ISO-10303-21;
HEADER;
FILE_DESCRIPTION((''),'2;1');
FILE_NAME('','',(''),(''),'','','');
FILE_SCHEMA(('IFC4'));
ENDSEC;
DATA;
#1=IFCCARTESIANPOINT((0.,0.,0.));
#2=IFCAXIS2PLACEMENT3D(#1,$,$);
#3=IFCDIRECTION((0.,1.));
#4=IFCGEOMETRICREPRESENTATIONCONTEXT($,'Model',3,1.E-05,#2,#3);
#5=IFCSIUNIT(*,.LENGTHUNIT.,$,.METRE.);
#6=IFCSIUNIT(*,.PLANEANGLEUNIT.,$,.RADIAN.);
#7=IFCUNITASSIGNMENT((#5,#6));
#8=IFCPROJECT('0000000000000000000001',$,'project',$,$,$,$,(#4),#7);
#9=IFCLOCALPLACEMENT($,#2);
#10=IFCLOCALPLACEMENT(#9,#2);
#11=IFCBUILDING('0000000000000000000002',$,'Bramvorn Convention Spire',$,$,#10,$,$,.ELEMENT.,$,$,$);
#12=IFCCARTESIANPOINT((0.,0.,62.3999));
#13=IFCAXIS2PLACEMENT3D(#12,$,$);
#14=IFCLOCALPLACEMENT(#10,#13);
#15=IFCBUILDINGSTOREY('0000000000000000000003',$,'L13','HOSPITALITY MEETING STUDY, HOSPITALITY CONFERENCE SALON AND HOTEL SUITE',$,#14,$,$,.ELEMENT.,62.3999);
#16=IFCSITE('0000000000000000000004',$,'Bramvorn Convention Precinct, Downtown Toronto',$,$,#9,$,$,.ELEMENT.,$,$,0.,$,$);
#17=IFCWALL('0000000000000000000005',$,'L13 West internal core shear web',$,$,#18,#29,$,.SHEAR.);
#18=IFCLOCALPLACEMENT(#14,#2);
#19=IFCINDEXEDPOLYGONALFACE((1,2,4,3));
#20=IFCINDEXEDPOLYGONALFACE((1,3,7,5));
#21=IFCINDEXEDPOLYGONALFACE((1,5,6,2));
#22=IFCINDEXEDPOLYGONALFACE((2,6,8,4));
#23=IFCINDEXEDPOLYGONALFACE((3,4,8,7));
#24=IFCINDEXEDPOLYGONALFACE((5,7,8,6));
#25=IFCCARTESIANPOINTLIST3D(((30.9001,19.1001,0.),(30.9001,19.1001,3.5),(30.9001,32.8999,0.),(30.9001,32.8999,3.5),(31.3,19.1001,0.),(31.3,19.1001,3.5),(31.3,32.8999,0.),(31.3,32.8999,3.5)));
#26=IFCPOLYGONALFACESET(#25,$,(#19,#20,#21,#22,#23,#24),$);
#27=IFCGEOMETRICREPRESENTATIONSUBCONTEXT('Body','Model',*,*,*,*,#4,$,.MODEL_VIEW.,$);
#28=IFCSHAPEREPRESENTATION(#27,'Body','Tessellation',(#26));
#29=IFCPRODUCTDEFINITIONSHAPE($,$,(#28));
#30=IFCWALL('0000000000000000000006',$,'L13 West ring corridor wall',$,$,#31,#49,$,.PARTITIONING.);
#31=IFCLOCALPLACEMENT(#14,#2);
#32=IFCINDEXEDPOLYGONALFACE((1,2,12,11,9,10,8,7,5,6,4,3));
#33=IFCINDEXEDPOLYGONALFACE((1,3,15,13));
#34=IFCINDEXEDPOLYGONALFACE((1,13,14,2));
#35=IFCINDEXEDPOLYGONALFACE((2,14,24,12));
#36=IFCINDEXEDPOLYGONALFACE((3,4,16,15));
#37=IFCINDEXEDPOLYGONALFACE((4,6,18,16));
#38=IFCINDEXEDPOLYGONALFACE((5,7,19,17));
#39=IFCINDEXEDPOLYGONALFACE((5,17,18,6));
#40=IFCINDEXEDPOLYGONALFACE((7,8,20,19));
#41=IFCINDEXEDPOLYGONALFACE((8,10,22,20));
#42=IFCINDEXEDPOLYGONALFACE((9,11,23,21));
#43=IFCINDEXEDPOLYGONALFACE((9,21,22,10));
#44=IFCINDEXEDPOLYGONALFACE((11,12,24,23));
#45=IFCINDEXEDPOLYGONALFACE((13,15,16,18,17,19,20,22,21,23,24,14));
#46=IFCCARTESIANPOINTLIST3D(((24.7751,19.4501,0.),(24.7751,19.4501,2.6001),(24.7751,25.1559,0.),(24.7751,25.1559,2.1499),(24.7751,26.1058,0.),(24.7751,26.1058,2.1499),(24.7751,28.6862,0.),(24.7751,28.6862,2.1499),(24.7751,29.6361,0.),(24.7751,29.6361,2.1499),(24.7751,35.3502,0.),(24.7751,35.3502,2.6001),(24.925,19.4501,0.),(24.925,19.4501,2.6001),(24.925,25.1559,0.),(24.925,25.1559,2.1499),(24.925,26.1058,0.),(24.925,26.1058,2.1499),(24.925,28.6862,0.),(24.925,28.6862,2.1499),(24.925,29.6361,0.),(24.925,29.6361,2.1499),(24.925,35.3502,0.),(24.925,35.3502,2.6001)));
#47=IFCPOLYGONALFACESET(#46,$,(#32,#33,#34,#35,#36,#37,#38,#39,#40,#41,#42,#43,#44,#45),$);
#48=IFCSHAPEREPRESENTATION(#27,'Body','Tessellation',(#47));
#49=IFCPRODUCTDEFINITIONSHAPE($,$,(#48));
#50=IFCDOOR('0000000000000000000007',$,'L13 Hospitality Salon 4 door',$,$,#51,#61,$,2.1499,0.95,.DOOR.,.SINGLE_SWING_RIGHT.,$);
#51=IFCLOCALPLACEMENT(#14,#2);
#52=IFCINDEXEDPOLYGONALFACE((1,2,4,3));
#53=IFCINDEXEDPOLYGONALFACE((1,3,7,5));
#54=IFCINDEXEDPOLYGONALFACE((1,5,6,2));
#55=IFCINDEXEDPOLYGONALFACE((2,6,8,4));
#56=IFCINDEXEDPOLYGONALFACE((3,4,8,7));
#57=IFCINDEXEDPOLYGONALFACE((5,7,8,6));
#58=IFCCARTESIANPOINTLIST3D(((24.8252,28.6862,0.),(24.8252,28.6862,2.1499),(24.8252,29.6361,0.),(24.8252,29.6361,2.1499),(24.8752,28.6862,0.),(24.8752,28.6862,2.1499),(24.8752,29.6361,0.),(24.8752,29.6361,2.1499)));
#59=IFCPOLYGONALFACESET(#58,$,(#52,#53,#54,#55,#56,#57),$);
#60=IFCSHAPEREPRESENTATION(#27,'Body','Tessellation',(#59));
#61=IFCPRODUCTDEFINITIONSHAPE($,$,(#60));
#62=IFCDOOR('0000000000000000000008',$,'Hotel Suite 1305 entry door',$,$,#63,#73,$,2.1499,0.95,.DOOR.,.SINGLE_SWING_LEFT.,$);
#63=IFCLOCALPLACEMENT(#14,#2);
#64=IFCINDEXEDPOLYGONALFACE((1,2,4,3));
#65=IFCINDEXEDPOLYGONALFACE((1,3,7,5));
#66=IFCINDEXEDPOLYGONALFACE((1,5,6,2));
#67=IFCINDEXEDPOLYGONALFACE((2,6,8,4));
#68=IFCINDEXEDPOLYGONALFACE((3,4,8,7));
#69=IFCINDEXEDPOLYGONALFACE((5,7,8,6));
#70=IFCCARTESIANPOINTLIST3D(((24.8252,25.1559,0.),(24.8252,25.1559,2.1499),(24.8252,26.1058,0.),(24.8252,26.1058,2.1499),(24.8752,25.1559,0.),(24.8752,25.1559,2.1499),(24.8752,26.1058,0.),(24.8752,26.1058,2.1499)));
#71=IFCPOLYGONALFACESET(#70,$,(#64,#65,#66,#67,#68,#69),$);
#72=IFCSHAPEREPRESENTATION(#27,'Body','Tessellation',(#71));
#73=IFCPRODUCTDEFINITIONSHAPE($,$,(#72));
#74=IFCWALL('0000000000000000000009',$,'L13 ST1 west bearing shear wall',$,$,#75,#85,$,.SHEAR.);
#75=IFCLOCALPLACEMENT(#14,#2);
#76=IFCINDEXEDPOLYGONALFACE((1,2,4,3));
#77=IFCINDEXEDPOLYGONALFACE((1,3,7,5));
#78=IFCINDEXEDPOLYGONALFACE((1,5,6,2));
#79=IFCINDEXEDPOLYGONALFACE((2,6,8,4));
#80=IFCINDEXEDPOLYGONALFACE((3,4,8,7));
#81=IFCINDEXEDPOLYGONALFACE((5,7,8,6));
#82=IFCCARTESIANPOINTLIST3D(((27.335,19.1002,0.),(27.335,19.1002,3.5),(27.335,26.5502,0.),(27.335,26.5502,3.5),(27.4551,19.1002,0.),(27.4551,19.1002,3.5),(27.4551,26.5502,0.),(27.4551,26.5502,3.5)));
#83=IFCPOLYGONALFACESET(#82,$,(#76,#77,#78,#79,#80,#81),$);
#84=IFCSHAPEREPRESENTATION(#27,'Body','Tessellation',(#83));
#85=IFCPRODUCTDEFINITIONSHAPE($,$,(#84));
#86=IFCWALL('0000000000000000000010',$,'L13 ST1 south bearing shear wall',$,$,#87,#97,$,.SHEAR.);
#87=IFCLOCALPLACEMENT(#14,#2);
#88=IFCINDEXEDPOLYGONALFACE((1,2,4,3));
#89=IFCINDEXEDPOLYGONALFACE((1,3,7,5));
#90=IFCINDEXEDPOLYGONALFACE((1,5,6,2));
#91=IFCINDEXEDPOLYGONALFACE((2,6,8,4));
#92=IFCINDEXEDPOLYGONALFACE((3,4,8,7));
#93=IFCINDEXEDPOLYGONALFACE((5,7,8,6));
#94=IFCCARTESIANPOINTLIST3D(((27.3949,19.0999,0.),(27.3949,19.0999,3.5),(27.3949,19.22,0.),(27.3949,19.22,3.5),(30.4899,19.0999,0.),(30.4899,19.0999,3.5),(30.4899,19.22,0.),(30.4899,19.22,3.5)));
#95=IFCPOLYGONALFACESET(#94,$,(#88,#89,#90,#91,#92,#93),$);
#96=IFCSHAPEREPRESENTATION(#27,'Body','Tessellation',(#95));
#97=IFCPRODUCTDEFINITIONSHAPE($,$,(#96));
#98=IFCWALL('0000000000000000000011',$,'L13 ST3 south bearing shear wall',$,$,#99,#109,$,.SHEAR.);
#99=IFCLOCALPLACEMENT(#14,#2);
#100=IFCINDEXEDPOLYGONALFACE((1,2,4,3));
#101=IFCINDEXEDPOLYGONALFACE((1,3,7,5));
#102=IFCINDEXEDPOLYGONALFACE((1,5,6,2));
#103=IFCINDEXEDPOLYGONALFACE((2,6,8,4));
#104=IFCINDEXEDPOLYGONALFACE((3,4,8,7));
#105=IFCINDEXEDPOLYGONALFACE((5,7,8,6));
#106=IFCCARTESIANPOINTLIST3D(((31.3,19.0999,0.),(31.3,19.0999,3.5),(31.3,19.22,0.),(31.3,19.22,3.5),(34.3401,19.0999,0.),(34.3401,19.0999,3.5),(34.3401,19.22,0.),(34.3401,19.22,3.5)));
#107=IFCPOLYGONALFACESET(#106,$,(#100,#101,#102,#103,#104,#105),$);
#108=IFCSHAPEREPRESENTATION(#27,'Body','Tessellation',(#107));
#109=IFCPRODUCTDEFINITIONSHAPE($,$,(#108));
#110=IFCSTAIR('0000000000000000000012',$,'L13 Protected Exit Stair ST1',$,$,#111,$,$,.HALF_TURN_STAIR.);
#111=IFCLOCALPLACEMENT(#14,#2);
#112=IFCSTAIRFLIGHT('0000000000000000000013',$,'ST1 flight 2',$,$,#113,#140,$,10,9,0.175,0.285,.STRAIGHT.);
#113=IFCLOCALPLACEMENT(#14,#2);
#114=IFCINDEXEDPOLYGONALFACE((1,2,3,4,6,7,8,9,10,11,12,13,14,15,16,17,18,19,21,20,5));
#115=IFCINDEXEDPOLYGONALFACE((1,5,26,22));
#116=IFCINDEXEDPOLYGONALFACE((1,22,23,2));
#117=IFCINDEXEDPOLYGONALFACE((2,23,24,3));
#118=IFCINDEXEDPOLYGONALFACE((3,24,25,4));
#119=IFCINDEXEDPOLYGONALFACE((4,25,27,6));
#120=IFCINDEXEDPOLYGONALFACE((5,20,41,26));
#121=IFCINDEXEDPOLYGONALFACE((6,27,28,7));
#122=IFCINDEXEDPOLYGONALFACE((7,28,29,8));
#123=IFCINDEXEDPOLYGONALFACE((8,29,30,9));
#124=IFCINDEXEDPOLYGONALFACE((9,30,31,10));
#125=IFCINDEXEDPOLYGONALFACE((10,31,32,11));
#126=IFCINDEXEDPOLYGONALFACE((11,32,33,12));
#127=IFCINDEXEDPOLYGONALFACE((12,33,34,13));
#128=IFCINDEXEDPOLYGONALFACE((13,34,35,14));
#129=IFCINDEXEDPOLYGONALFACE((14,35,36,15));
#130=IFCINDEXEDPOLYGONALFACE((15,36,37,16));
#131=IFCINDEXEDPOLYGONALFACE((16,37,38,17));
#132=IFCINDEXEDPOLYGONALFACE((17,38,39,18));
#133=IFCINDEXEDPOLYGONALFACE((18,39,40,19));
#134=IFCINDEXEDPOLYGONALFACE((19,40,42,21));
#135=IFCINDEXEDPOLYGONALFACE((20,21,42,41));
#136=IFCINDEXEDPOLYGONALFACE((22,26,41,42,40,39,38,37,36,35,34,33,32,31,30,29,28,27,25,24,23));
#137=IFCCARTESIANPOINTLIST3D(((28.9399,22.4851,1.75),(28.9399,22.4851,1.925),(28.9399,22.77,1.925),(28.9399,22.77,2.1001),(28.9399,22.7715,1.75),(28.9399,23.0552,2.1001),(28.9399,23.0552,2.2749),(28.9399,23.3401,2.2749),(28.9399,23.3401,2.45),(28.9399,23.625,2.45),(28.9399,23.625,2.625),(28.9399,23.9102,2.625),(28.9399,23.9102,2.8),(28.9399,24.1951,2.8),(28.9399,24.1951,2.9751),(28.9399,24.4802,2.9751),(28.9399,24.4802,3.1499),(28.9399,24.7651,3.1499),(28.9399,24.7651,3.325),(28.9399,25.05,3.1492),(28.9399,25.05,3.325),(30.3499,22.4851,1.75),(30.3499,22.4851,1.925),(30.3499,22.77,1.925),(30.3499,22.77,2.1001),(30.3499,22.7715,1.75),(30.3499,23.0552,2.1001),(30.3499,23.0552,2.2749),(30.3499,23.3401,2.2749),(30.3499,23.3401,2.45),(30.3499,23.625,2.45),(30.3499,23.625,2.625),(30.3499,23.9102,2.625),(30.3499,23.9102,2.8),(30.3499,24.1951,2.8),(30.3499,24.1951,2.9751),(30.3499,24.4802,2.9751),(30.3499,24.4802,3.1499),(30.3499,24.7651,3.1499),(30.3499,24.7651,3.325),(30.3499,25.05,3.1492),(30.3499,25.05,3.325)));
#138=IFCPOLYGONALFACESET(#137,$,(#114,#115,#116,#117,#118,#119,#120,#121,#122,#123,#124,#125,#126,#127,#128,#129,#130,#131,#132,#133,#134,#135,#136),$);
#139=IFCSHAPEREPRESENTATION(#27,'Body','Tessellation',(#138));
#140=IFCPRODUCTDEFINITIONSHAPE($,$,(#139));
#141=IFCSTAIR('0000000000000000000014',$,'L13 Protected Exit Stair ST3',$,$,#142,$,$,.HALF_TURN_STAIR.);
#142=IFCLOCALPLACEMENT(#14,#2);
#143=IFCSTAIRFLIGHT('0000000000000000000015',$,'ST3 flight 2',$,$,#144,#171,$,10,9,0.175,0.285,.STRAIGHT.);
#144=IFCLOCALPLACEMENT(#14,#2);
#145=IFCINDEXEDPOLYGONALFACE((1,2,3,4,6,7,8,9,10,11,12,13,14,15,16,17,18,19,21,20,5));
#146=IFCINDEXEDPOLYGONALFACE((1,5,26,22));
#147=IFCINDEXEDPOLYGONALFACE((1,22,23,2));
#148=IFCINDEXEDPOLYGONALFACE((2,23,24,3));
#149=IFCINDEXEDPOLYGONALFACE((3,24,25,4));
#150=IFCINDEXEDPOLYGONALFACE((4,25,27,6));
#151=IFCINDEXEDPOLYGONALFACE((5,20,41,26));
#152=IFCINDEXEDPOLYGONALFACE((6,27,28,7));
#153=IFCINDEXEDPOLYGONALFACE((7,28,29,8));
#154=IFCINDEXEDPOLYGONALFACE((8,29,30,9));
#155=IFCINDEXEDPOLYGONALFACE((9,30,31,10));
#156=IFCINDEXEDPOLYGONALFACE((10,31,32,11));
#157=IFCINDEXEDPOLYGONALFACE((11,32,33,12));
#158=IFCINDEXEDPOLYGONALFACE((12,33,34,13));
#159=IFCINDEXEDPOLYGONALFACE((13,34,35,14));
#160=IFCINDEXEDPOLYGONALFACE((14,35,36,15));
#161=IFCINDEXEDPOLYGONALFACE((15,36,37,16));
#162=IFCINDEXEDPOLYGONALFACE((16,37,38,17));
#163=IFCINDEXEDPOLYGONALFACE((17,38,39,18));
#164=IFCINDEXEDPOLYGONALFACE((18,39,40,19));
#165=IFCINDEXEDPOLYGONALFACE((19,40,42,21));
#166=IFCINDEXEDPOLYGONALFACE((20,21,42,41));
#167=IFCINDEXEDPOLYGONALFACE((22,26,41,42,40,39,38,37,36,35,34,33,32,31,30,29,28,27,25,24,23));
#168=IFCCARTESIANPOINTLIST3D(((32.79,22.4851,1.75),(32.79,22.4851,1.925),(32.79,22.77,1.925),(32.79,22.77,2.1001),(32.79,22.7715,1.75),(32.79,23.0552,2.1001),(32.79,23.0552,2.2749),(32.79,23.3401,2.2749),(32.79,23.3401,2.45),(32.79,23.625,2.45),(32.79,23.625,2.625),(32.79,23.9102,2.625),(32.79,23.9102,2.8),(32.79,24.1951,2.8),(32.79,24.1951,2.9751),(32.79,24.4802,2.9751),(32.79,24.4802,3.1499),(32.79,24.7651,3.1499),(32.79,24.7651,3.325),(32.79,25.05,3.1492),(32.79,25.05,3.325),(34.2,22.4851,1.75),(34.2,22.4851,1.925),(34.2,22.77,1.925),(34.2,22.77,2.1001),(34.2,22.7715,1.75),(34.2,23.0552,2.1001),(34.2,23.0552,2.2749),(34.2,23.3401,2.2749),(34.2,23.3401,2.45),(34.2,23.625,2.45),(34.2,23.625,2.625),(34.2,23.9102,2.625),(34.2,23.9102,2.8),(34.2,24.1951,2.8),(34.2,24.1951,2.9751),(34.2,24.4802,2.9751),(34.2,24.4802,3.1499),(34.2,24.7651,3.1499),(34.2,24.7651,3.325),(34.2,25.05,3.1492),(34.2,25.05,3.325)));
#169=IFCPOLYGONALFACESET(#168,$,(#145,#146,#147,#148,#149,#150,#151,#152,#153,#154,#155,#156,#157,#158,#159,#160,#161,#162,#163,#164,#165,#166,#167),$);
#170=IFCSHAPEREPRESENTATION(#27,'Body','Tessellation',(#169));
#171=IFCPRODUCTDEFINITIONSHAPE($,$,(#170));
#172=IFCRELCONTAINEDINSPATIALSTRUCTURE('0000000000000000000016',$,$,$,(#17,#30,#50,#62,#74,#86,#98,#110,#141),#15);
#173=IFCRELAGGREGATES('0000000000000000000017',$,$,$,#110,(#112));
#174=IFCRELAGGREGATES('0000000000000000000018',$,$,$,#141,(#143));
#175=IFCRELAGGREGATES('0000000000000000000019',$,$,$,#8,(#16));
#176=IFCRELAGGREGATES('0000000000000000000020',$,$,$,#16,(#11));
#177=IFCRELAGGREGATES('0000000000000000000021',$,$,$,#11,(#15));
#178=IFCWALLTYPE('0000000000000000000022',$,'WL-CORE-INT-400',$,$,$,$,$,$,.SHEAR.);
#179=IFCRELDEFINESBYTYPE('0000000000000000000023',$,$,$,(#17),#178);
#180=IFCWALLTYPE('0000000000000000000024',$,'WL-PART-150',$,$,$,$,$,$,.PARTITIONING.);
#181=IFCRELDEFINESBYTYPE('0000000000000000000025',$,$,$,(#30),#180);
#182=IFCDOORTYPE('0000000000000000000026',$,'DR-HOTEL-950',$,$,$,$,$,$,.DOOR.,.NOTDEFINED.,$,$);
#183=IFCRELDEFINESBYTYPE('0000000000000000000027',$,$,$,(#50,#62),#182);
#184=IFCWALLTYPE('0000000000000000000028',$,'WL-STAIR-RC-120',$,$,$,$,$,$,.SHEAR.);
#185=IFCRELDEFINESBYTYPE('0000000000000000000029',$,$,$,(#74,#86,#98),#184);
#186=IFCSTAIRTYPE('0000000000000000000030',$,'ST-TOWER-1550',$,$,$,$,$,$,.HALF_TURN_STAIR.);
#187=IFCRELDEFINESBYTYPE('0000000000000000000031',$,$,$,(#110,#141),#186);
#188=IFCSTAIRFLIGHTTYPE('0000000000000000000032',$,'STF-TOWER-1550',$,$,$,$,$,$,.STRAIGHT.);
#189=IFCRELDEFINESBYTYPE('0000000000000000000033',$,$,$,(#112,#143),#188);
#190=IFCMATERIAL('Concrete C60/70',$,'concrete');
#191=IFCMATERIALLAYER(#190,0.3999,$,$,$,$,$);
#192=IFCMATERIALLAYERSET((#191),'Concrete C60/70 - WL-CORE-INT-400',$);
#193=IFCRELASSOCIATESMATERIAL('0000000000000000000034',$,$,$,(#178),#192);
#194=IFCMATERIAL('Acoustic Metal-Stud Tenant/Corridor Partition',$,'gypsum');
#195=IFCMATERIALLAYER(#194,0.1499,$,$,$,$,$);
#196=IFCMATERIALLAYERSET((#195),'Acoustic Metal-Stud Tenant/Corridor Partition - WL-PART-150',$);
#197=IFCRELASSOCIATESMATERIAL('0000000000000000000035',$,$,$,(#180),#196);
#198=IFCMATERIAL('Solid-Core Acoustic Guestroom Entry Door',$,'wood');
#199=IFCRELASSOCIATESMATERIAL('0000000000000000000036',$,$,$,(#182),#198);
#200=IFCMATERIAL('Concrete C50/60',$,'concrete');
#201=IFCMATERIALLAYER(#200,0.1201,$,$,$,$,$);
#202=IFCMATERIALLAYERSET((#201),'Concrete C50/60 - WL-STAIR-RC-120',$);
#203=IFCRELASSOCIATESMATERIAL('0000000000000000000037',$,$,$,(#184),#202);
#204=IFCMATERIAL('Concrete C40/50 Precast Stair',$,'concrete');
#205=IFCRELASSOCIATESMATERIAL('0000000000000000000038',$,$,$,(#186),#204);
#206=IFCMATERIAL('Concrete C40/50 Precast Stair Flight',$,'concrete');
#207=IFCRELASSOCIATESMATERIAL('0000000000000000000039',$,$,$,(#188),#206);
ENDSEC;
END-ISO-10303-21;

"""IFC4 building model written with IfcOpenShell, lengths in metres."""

from ifc_helpers import new_model, si_unit, direction, frame, frame_2d, origin, place, context, subcontext, project, spatial, polyline, rectangle, outline, extrude, material, layer, layer_set, type_object, element, fill, aggregate, save


model = new_model("IFC4")

# Units and contexts
model_context = context("Model", 3, precision=1e-05, world=origin(), true_north=direction((0.0, 1.0)))
body_context = subcontext(model_context, "Body", "Model", "MODEL_VIEW")
ifc_project = project(units=[si_unit("LENGTHUNIT", "METRE"), si_unit("PLANEANGLEUNIT", "RADIAN")], contexts=[model_context])

# Site, building, storey
site_placement = place(None, origin())
site = spatial("IfcSite", under=ifc_project, at=site_placement, Name="Bramvorn Convention Precinct, Downtown Toronto", CompositionType="ELEMENT", RefElevation=0.0)
building_placement = place(site_placement, origin())
building = spatial("IfcBuilding", under=site, at=building_placement, Name="Bramvorn Convention Spire", CompositionType="ELEMENT")
storey_placement = place(building_placement, frame((0.0, 0.0, 62.3999)))
storey = spatial("IfcBuildingStorey", under=building, at=storey_placement, Name="L13", Description="HOSPITALITY MEETING STUDY, HOSPITALITY CONFERENCE SALON AND HOTEL SUITE", CompositionType="ELEMENT", Elevation=62.3999)

# Shared definitions
ifc_material_1 = material(Name="Concrete C60/70", Category="concrete")

# Wall
ifc_layer_1 = layer(ifc_material_1, 0.3999)
ifc_layer_set_1 = layer_set([ifc_layer_1], Name="Concrete C60/70 - WL-CORE-INT-400")
wall_type_1 = type_object("IfcWallType", Name="WL-CORE-INT-400", PredefinedType="SHEAR", material=ifc_layer_set_1)
wall_1_placement = place(storey_placement, frame((31.1001, 19.1001, 0.0), z_axis=(0.0, 0.0, 1.0), x_axis=(0.0, 1.0, 0.0)))
element("IfcWall", 1, at=wall_1_placement, inside=storey, type_object=wall_type_1, Name="L13 West internal core shear web", PredefinedType="SHEAR", context=body_context, shape_type="SweptSolid", body=[
    extrude(rectangle(XDim=13.7998, YDim=0.3999, at=frame_2d((6.8999, 0.0))), origin(), (0.0, 0.0, 1.0), 3.5),
])

# Wall, openings, doors
ifc_material_2 = material(Name="Acoustic Metal-Stud Tenant/Corridor Partition", Category="gypsum")
ifc_layer_2 = layer(ifc_material_2, 0.1499)
ifc_layer_set_2 = layer_set([ifc_layer_2], Name="Acoustic Metal-Stud Tenant/Corridor Partition - WL-PART-150")
wall_type_2 = type_object("IfcWallType", Name="WL-PART-150", PredefinedType="PARTITIONING", material=ifc_layer_set_2)
wall_2_placement = place(storey_placement, frame((24.8501, 19.45, 0.0), z_axis=(0.0, 0.0, 1.0), x_axis=(0.0, 1.0, 0.0)))
wall_2 = element("IfcWall", 2, at=wall_2_placement, inside=storey, type_object=wall_type_2, Name="L13 West ring corridor wall", PredefinedType="PARTITIONING", context=body_context, shape_type="SweptSolid", body=[
    extrude(rectangle(XDim=15.9001, YDim=0.1499, at=frame_2d((7.9502, 0.0))), origin(), (0.0, 0.0, 1.0), 2.6001),
])
opening_1_placement = place(wall_2_placement, frame((9.2361, 0.0, 0.0)))
opening_1 = element("IfcOpeningElement", 3, at=opening_1_placement, cuts=wall_2, PredefinedType="OPENING", context=body_context, shape_type="SweptSolid", body=[
    extrude(rectangle(XDim=0.95, YDim=2.1499, at=frame_2d((0.4751, 1.075))), frame((0.0, 0.085, 0.0), z_axis=(0.0, -1.0, 0.0), x_axis=(1.0, 0.0, 0.0)), (0.0, 0.0, 1.0), 0.1699),
])
opening_2_placement = place(wall_2_placement, frame((5.7058, 0.0, 0.0)))
opening_2 = element("IfcOpeningElement", 4, at=opening_2_placement, cuts=wall_2, PredefinedType="OPENING", context=body_context, shape_type="SweptSolid", body=[
    extrude(rectangle(XDim=0.95, YDim=2.1499, at=frame_2d((0.4751, 1.075))), frame((0.0, 0.085, 0.0), z_axis=(0.0, -1.0, 0.0), x_axis=(1.0, 0.0, 0.0)), (0.0, 0.0, 1.0), 0.1699),
])
ifc_material_3 = material(Name="Solid-Core Acoustic Guestroom Entry Door", Category="wood")
door_type_1 = type_object("IfcDoorType", Name="DR-HOTEL-950", OperationType="NOTDEFINED", PredefinedType="DOOR", material=ifc_material_3)
door_1_placement = place(opening_1_placement, origin())
door_1 = element("IfcDoor", 5, at=door_1_placement, inside=storey, type_object=door_type_1, Name="L13 Hospitality Salon 4 door", OperationType="SINGLE_SWING_RIGHT", OverallHeight=2.1499, OverallWidth=0.95, PredefinedType="DOOR", context=body_context, shape_type="SweptSolid", body=[
    extrude(rectangle(XDim=0.95, YDim=2.1499, at=frame_2d((0.4751, 1.075))), frame((0.0, 0.0249, 0.0), z_axis=(0.0, -1.0, 0.0), x_axis=(1.0, 0.0, 0.0)), (0.0, 0.0, 1.0), 0.05),
])
fill(opening_1, door_1)
door_2_placement = place(opening_2_placement, origin())
door_2 = element("IfcDoor", 6, at=door_2_placement, inside=storey, type_object=door_type_1, Name="Hotel Suite 1305 entry door", OperationType="SINGLE_SWING_LEFT", OverallHeight=2.1499, OverallWidth=0.95, PredefinedType="DOOR", context=body_context, shape_type="SweptSolid", body=[
    extrude(rectangle(XDim=0.95, YDim=2.1499, at=frame_2d((0.4751, 1.075))), frame((0.0, 0.0249, 0.0), z_axis=(0.0, -1.0, 0.0), x_axis=(1.0, 0.0, 0.0)), (0.0, 0.0, 1.0), 0.05),
])
fill(opening_2, door_2)

# Walls
ifc_material_4 = material(Name="Concrete C50/60", Category="concrete")
ifc_layer_3 = layer(ifc_material_4, 0.1201)
ifc_layer_set_3 = layer_set([ifc_layer_3], Name="Concrete C50/60 - WL-STAIR-RC-120")
wall_type_3 = type_object("IfcWallType", Name="WL-STAIR-RC-120", PredefinedType="SHEAR", material=ifc_layer_set_3)
wall_3_placement = place(storey_placement, frame((27.395, 19.1001, 0.0), z_axis=(0.0, 0.0, 1.0), x_axis=(0.0, 1.0, 0.0)))
element("IfcWall", 7, at=wall_3_placement, inside=storey, type_object=wall_type_3, Name="L13 ST1 west bearing shear wall", PredefinedType="SHEAR", context=body_context, shape_type="SweptSolid", body=[
    extrude(rectangle(XDim=7.45, YDim=0.1201, at=frame_2d((3.7251, 0.0))), origin(), (0.0, 0.0, 1.0), 3.5),
])
wall_4_placement = place(storey_placement, frame((27.395, 19.1599, 0.0), z_axis=(0.0, 0.0, 1.0), x_axis=(1.0, 0.0, 0.0)))
element("IfcWall", 8, at=wall_4_placement, inside=storey, type_object=wall_type_3, Name="L13 ST1 south bearing shear wall", PredefinedType="SHEAR", context=body_context, shape_type="SweptSolid", body=[
    extrude(rectangle(XDim=3.095, YDim=0.1201, at=frame_2d((1.5474, 0.0))), origin(), (0.0, 0.0, 1.0), 3.5),
])
wall_5_placement = place(storey_placement, frame((31.3, 19.1599, 0.0), z_axis=(0.0, 0.0, 1.0), x_axis=(1.0, 0.0, 0.0)))
element("IfcWall", 9, at=wall_5_placement, inside=storey, type_object=wall_type_3, Name="L13 ST3 south bearing shear wall", PredefinedType="SHEAR", context=body_context, shape_type="SweptSolid", body=[
    extrude(rectangle(XDim=3.04, YDim=0.1201, at=frame_2d((1.52, 0.0))), origin(), (0.0, 0.0, 1.0), 3.5),
])

# Stairs, stair flights
ifc_material_5 = material(Name="Concrete C40/50 Precast Stair", Category="concrete")
stair_type = type_object("IfcStairType", Name="ST-TOWER-1550", PredefinedType="HALF_TURN_STAIR", material=ifc_material_5)
stair_1_placement = place(storey_placement, origin())
stair_1 = element("IfcStair", 10, at=stair_1_placement, inside=storey, type_object=stair_type, Name="L13 Protected Exit Stair ST1", PredefinedType="HALF_TURN_STAIR")
ifc_material_6 = material(Name="Concrete C40/50 Precast Stair Flight", Category="concrete")
stair_flight_type = type_object("IfcStairFlightType", Name="STF-TOWER-1550", PredefinedType="STRAIGHT", material=ifc_material_6)
stair_flight_1_placement = place(storey_placement, frame((29.645, 22.4851, 1.75), z_axis=(0.0, 0.0, 1.0), x_axis=(0.0, 1.0, 0.0)))
stair_flight_1 = element("IfcStairFlight", 11, at=stair_flight_1_placement, type_object=stair_flight_type, Name="ST1 flight 2", NumberOfRisers=10, NumberOfTreads=9, PredefinedType="STRAIGHT", RiserHeight=0.175, TreadLength=0.285, context=body_context, shape_type="SweptSolid", body=[
    extrude(outline(polyline([(0.0, 0.0), (0.0, 0.175), (0.2849, 0.175), (0.2849, 0.3501), (0.5701, 0.3501), (0.5701, 0.5249), (0.855, 0.5249), (0.855, 0.7), (1.1399, 0.7), (1.1399, 0.875), (1.425, 0.875), (1.425, 1.05), (1.71, 1.05), (1.71, 1.2251), (1.9951, 1.2251), (1.9951, 1.3999), (2.28, 1.3999), (2.28, 1.575), (2.5649, 1.575), (2.5649, 1.75), (2.5649, 1.3992), (0.2864, 0.0), (0.0, 0.0)])), frame((0.0, 0.7051, 0.0), z_axis=(0.0, -1.0, 0.0), x_axis=(1.0, 0.0, 0.0)), (0.0, 0.0, 1.0), 1.4099),
])
aggregate(stair_1, [stair_flight_1])
stair_2_placement = place(storey_placement, origin())
stair_2 = element("IfcStair", 12, at=stair_2_placement, inside=storey, type_object=stair_type, Name="L13 Protected Exit Stair ST3", PredefinedType="HALF_TURN_STAIR")
stair_flight_2_placement = place(storey_placement, frame((33.4951, 22.4851, 1.75), z_axis=(0.0, 0.0, 1.0), x_axis=(0.0, 1.0, 0.0)))
stair_flight_2 = element("IfcStairFlight", 13, at=stair_flight_2_placement, type_object=stair_flight_type, Name="ST3 flight 2", NumberOfRisers=10, NumberOfTreads=9, PredefinedType="STRAIGHT", RiserHeight=0.175, TreadLength=0.285, context=body_context, shape_type="SweptSolid", body=[
    extrude(outline(polyline([(0.0, 0.0), (0.0, 0.175), (0.2849, 0.175), (0.2849, 0.3501), (0.5701, 0.3501), (0.5701, 0.5249), (0.855, 0.5249), (0.855, 0.7), (1.1399, 0.7), (1.1399, 0.875), (1.425, 0.875), (1.425, 1.05), (1.71, 1.05), (1.71, 1.2251), (1.9951, 1.2251), (1.9951, 1.3999), (2.28, 1.3999), (2.28, 1.575), (2.5649, 1.575), (2.5649, 1.75), (2.5649, 1.3992), (0.2864, 0.0), (0.0, 0.0)])), frame((0.0, 0.7051, 0.0), z_axis=(0.0, -1.0, 0.0), x_axis=(1.0, 0.0, 0.0)), (0.0, 0.0, 1.0), 1.4099),
])
aggregate(stair_2, [stair_flight_2])

save(model, "model.ifc")
